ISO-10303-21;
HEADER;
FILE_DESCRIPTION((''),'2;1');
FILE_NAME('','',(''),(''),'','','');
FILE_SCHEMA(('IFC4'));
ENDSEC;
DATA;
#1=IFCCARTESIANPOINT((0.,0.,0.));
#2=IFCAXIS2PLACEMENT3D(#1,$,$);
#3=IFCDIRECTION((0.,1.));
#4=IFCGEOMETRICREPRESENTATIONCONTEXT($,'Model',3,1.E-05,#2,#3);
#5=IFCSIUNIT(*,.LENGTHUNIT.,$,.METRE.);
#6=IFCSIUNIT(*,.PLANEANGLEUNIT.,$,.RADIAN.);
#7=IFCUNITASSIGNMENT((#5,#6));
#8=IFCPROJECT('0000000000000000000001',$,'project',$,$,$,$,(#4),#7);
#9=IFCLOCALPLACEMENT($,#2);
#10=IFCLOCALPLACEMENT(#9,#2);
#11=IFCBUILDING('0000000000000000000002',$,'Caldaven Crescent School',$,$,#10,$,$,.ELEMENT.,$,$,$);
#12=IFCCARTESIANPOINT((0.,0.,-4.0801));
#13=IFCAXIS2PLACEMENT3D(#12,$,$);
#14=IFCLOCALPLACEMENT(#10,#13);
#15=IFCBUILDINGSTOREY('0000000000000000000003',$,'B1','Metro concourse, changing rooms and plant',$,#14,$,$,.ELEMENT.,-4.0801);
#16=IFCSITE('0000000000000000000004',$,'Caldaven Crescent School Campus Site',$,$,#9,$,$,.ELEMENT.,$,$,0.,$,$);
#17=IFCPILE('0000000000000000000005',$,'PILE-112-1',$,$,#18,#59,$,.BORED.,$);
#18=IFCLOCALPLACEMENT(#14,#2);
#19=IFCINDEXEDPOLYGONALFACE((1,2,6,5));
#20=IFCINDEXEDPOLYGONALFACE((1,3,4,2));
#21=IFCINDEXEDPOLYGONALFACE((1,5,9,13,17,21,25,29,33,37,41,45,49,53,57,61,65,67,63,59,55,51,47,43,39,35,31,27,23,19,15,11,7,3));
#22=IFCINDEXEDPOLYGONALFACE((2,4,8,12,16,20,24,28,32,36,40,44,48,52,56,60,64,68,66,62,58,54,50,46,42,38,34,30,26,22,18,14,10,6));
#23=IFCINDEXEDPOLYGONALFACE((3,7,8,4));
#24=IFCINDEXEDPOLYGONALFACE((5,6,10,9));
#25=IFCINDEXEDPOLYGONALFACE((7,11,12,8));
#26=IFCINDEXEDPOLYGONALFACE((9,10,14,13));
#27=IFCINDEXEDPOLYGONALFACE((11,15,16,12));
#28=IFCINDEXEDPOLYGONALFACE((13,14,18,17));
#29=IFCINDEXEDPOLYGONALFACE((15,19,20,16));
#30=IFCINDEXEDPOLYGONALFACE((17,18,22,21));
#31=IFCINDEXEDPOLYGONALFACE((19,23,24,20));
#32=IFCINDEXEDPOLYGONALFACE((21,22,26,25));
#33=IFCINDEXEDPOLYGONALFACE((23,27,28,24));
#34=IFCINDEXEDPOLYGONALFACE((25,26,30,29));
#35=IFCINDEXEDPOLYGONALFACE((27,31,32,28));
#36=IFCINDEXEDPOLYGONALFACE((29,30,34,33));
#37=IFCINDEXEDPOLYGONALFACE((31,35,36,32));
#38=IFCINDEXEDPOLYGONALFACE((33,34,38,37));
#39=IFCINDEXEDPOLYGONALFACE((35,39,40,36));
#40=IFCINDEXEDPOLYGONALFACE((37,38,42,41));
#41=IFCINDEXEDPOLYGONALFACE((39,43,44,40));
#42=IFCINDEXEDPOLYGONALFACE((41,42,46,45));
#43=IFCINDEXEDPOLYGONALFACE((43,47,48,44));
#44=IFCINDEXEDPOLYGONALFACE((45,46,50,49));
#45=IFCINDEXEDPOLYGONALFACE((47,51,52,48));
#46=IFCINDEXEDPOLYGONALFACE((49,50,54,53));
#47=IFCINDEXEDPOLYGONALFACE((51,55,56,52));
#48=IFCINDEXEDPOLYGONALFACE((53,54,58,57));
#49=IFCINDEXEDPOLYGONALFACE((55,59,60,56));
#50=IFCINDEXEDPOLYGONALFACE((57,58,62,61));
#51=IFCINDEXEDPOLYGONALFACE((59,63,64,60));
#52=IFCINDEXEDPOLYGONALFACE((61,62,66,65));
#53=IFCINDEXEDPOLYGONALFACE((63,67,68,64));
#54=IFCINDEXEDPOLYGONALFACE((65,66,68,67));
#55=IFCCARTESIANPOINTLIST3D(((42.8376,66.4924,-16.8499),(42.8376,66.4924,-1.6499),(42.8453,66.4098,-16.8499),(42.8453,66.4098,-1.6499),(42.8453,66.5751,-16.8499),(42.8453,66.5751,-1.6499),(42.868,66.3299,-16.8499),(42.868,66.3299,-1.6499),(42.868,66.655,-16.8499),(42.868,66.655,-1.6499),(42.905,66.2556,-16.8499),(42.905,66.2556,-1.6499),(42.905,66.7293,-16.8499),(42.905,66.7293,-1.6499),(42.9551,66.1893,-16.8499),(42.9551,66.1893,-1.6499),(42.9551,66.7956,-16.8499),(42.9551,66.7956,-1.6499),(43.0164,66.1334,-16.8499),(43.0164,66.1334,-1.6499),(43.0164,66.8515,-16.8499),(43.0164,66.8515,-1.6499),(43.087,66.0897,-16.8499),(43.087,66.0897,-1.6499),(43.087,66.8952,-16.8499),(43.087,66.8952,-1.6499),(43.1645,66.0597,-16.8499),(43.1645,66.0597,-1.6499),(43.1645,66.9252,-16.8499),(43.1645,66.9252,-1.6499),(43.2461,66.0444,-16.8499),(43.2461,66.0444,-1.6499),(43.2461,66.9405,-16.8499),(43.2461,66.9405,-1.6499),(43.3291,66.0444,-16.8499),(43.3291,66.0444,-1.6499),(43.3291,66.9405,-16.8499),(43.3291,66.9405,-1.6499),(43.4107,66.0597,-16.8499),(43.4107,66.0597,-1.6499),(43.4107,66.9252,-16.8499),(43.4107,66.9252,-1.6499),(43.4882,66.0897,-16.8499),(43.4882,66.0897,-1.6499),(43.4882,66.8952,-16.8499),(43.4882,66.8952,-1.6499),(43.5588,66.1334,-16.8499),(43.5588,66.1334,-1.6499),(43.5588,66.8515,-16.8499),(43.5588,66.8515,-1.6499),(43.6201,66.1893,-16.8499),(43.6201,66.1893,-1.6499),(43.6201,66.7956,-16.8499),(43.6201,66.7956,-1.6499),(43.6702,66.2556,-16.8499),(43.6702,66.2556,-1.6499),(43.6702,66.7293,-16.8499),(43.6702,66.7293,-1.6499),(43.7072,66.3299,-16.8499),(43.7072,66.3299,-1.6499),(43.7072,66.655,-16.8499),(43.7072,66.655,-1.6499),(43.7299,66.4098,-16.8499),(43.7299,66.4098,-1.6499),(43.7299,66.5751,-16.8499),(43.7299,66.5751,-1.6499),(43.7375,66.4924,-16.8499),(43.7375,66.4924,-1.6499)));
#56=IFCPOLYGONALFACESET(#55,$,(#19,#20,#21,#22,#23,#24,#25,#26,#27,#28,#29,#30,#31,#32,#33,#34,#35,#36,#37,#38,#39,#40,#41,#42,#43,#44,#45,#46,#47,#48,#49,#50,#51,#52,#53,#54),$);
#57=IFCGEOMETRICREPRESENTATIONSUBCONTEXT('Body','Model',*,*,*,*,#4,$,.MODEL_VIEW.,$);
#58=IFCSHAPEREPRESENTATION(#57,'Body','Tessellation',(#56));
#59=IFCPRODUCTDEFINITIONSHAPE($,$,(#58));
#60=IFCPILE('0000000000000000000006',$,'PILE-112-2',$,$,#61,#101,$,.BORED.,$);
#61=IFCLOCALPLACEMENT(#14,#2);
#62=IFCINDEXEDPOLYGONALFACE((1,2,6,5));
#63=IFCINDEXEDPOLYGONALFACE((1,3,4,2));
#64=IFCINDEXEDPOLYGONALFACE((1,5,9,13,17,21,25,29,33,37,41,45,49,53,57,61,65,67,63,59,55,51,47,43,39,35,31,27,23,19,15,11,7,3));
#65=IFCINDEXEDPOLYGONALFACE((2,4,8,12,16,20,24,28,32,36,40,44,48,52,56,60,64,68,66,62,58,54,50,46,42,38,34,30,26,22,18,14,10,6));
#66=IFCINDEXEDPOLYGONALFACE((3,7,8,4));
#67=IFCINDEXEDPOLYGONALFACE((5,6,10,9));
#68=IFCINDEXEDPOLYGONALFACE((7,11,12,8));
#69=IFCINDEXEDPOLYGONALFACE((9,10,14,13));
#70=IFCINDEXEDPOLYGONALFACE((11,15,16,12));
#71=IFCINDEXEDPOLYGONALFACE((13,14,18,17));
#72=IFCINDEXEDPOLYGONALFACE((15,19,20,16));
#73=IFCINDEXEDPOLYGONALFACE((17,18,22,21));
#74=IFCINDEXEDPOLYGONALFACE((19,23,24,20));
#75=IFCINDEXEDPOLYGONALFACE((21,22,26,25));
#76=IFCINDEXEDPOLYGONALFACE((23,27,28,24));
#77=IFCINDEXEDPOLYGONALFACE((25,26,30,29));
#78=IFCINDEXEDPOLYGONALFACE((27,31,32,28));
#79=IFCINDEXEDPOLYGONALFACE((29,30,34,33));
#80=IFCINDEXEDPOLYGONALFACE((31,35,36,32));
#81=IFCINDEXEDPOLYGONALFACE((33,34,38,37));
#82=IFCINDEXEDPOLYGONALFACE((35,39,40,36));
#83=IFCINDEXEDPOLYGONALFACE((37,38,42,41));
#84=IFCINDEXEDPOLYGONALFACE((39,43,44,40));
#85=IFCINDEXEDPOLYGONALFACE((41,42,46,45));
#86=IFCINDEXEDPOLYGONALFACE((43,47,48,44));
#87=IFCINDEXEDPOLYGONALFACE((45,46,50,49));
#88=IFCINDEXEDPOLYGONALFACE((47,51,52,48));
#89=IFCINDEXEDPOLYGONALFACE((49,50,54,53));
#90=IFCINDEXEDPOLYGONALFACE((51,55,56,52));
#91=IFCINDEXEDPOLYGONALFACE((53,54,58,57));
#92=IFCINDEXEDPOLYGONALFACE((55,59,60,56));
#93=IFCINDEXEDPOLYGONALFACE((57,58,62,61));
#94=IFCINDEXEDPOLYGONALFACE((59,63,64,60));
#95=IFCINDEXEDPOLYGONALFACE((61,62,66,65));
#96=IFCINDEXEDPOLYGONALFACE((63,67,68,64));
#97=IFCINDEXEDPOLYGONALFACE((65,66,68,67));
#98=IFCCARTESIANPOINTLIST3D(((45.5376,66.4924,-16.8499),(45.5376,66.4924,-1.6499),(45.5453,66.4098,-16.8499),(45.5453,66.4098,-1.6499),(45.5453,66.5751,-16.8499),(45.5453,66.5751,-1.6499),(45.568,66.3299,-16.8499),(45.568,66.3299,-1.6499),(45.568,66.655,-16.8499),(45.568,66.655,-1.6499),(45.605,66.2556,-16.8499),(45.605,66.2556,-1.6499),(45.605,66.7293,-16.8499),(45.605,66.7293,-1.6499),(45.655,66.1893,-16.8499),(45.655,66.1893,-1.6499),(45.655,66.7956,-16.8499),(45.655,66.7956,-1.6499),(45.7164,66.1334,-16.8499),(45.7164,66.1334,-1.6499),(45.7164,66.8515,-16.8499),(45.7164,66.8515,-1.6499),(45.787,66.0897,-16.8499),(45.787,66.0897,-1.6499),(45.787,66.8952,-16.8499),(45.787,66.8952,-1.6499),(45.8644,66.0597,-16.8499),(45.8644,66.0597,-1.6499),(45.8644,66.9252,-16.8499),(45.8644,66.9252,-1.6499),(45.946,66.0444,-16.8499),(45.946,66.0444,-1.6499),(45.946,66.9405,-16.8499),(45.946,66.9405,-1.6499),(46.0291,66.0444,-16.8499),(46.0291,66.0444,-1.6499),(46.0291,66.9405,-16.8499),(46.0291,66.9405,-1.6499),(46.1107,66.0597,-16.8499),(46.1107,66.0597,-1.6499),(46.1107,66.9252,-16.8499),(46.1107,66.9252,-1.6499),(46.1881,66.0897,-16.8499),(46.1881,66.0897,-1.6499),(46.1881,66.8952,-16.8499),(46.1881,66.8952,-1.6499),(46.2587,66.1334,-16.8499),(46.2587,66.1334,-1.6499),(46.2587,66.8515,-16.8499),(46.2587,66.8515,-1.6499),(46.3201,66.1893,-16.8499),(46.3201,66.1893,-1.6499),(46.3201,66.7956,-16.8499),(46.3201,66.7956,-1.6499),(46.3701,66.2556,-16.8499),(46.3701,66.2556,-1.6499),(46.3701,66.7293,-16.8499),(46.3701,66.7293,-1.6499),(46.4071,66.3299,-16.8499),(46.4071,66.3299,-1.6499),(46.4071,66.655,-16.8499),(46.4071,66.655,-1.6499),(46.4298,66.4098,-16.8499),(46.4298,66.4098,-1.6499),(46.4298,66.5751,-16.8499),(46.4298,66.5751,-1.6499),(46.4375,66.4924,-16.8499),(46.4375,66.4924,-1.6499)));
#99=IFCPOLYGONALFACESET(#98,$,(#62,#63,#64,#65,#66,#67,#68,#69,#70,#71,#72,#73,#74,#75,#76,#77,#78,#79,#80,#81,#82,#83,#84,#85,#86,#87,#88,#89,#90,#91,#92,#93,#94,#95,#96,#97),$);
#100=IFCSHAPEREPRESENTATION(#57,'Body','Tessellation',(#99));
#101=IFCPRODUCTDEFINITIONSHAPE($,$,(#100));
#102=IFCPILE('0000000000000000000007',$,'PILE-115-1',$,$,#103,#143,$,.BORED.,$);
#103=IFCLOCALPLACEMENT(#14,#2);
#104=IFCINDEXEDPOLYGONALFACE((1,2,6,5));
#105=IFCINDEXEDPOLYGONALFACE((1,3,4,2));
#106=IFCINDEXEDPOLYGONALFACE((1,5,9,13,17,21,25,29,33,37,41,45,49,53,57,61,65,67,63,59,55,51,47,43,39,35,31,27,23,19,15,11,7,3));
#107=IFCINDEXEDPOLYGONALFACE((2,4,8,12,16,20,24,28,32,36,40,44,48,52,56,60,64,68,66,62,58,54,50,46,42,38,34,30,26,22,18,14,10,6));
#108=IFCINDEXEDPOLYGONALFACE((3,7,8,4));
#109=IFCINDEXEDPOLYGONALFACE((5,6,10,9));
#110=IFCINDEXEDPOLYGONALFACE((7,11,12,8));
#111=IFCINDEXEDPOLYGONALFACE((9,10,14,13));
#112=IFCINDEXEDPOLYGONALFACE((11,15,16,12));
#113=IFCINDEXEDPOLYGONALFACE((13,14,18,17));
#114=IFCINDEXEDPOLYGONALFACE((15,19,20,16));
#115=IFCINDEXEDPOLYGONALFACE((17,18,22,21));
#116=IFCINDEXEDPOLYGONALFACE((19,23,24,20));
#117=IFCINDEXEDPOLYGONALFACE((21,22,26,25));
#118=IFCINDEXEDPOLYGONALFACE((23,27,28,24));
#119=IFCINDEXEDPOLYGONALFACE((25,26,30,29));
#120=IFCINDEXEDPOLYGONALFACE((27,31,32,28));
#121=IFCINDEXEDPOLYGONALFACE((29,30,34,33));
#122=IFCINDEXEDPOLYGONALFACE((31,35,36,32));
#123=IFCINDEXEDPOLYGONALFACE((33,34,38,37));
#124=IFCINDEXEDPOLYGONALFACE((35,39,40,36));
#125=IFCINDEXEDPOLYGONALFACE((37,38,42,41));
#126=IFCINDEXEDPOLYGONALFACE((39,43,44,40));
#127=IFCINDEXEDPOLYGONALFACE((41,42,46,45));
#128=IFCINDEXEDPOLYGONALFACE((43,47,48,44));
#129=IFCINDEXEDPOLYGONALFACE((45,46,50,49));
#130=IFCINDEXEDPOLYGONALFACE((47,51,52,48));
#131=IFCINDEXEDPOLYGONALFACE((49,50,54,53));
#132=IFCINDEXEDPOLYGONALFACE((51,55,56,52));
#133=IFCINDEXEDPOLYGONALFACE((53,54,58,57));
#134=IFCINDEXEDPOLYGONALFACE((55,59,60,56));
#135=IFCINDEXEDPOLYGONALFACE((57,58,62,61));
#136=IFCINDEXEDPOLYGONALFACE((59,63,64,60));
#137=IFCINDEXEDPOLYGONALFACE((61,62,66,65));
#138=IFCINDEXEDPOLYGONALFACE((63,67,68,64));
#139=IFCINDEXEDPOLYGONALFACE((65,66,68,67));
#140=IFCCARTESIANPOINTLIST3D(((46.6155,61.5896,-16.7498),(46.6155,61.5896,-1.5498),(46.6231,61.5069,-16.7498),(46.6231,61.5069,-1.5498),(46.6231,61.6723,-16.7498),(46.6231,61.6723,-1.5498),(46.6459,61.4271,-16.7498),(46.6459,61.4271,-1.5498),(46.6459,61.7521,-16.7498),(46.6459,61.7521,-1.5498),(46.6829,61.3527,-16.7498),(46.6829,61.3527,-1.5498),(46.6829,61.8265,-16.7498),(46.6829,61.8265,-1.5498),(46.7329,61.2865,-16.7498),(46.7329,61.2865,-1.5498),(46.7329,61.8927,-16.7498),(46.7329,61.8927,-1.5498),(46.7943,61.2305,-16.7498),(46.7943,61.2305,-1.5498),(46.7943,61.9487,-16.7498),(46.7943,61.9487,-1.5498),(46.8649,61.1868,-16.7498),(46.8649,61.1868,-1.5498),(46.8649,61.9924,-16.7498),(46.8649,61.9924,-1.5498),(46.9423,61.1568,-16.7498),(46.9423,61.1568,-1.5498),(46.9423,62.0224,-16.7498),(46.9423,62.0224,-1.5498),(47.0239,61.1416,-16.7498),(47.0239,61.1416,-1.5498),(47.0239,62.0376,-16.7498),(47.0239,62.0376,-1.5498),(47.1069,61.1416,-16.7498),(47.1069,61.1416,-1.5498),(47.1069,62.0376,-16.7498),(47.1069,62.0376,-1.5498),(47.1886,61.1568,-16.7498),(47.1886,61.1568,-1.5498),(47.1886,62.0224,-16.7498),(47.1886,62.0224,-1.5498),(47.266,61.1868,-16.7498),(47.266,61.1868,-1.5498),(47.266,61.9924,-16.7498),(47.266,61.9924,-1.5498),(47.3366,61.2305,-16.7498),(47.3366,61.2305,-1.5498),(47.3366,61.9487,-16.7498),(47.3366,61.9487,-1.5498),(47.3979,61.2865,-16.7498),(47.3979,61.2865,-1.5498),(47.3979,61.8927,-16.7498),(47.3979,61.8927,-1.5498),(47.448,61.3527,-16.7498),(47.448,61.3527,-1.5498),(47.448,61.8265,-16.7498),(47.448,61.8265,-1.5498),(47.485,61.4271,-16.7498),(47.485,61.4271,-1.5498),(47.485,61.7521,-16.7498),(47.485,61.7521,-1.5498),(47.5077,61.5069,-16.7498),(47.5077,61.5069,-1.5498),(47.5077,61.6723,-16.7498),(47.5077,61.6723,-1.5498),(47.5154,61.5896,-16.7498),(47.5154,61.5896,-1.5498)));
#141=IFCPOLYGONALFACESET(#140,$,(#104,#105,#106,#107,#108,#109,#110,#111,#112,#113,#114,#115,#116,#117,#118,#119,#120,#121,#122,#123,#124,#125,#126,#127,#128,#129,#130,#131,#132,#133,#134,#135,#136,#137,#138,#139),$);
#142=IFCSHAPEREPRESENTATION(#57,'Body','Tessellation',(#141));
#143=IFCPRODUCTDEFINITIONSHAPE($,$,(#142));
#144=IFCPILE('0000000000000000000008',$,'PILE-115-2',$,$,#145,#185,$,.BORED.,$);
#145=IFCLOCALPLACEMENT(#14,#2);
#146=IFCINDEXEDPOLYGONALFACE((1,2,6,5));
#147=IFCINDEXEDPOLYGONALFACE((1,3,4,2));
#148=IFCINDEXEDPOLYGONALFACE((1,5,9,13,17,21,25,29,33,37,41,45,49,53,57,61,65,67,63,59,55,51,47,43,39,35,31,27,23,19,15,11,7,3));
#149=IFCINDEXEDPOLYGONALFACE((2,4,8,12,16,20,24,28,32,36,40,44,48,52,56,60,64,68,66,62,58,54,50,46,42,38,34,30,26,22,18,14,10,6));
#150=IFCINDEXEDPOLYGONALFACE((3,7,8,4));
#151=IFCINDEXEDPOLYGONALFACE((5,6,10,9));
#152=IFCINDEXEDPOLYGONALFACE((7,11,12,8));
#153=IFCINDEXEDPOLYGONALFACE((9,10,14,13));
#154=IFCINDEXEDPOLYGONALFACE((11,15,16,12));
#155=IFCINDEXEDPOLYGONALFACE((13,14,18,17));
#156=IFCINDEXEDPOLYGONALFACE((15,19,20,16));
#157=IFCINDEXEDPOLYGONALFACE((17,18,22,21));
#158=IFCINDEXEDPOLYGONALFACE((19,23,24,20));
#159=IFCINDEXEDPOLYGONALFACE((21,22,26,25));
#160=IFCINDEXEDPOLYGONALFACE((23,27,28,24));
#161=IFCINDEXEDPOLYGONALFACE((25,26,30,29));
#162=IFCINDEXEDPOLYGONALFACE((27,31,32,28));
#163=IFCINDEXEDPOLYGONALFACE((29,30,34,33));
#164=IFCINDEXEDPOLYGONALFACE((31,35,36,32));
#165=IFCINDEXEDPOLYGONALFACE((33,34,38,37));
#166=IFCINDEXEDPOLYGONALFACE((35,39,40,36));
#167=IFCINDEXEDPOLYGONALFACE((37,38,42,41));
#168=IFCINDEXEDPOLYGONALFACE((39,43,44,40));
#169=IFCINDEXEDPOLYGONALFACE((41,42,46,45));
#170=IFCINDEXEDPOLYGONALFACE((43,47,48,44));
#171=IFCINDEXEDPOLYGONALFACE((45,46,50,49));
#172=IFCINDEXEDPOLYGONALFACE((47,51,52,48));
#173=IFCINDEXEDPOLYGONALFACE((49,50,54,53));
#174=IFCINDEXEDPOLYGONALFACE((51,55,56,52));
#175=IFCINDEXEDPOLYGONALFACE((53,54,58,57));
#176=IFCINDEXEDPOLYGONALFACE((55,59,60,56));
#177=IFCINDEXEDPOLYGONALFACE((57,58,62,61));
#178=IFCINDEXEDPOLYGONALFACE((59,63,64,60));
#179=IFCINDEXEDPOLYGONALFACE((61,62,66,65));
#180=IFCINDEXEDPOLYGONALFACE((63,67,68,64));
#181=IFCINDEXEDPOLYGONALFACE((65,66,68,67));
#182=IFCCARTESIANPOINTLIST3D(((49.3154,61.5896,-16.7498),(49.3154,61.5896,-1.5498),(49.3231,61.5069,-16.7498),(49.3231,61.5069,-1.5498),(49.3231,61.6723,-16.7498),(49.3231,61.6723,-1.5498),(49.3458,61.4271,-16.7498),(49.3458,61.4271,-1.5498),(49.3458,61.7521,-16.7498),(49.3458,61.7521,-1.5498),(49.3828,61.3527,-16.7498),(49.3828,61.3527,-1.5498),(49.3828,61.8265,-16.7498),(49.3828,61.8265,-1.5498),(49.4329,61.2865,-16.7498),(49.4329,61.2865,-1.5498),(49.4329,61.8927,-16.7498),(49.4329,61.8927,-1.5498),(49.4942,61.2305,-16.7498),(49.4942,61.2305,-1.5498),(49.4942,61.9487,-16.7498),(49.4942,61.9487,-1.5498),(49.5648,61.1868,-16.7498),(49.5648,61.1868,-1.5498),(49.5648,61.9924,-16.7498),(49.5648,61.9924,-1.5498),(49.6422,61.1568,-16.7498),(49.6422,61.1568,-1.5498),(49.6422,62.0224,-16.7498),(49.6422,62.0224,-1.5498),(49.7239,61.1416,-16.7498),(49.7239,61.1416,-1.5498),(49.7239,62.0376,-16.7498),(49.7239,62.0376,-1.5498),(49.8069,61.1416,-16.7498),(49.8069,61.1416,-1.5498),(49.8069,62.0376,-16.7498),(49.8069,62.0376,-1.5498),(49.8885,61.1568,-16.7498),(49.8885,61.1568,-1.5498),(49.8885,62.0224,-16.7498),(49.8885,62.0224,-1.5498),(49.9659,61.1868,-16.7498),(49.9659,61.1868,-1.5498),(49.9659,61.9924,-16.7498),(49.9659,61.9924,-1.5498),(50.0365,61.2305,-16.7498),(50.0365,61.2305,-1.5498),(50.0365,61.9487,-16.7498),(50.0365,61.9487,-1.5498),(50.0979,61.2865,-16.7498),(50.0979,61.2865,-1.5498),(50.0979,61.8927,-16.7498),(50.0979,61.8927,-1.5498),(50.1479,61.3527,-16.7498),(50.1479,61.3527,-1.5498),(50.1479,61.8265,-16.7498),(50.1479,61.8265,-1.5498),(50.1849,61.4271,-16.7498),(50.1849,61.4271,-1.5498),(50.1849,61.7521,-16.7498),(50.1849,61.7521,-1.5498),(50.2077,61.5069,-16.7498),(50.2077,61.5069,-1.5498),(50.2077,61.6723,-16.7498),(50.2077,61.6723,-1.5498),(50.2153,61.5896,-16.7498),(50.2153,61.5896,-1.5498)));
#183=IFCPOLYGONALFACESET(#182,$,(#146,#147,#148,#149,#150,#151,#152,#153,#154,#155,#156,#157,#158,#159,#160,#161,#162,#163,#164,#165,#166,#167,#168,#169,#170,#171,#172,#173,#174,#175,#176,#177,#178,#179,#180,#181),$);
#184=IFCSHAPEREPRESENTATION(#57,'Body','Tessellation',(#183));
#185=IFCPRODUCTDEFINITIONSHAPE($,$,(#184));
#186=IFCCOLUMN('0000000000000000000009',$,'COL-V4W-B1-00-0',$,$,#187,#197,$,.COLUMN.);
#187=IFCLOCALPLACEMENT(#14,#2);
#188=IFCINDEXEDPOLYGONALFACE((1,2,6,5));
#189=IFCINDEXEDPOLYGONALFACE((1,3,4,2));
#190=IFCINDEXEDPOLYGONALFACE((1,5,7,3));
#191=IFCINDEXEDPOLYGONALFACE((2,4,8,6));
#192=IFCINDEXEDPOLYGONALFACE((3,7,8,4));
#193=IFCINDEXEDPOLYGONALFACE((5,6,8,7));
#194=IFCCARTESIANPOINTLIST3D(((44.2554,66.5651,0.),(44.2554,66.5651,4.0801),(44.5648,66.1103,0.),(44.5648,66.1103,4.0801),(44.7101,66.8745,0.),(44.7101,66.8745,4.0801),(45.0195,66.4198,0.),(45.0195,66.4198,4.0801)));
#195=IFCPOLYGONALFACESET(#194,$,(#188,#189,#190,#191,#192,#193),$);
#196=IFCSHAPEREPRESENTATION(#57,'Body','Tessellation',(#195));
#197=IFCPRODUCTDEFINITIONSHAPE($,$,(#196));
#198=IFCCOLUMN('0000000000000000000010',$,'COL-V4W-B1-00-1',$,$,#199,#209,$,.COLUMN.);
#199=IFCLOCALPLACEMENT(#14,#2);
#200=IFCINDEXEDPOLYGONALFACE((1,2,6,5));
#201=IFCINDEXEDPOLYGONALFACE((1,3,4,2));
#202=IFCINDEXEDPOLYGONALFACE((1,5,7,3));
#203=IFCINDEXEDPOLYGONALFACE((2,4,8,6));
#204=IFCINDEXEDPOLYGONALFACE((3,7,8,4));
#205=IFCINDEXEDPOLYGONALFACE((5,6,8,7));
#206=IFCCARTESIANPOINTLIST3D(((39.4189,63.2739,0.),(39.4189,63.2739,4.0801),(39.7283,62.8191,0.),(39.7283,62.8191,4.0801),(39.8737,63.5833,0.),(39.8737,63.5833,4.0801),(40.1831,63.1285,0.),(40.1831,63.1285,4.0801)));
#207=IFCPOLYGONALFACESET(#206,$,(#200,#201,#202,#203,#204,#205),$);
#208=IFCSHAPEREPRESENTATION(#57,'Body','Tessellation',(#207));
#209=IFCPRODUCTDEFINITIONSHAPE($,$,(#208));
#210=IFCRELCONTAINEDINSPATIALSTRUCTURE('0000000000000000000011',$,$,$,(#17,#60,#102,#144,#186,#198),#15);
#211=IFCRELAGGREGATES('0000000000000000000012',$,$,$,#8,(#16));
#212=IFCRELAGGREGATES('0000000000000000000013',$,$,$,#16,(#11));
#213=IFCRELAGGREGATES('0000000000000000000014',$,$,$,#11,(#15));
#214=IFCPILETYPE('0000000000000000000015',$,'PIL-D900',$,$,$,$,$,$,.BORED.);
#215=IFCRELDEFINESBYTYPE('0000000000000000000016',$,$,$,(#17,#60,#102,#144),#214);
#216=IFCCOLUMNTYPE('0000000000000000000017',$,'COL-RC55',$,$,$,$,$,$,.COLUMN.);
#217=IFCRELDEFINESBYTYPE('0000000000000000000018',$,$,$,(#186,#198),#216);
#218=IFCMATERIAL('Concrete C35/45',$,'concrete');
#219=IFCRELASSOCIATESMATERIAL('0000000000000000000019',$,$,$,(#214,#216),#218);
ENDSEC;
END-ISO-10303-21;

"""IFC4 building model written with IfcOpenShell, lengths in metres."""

from ifc_helpers import new_model, si_unit, direction, frame, origin, origin_2d, place, context, subcontext, project, spatial, rectangle, circle, extrude, material, material_profile, profile_set, type_object, element, save


model = new_model("IFC4")

# Units and contexts
model_context = context("Model", 3, precision=1e-05, world=origin(), true_north=direction((0.0, 1.0)))
body_context = subcontext(model_context, "Body", "Model", "MODEL_VIEW")
ifc_project = project(units=[si_unit("LENGTHUNIT", "METRE"), si_unit("PLANEANGLEUNIT", "RADIAN")], contexts=[model_context])

# Site, building, storey
site_placement = place(None, origin())
site = spatial("IfcSite", under=ifc_project, at=site_placement, Name="Caldaven Crescent School Campus Site", CompositionType="ELEMENT", RefElevation=0.0)
building_placement = place(site_placement, origin())
building = spatial("IfcBuilding", under=site, at=building_placement, Name="Caldaven Crescent School", CompositionType="ELEMENT")
storey_placement = place(building_placement, frame((0.0, 0.0, -4.0801)))
storey = spatial("IfcBuildingStorey", under=building, at=storey_placement, Name="B1", Description="Metro concourse, changing rooms and plant", CompositionType="ELEMENT", Elevation=-4.0801)

# Shared definitions
ifc_material_1 = material(Name="Concrete C35/45", Category="concrete")

# Piles
ifc_material_profile_1 = material_profile(ifc_material_1, circle(Radius=0.45, at=origin_2d()), Name="PILE D900")
ifc_profile_set_1 = profile_set([ifc_material_profile_1], Name="Concrete C35/45")
pile_type_1 = type_object("IfcPileType", Name="PIL-D900", PredefinedType="BORED", material=ifc_profile_set_1)
for number, where, z_axis, x_axis, name in (
    (1, (43.2876, 66.4924, -1.6499), (0.0, 0.0, -1.0), (1.0, 0.0, 0.0), "PILE-112-1"),
    (2, (45.9875, 66.4924, -1.6499), (0.0, 0.0, -1.0), (1.0, 0.0, 0.0), "PILE-112-2"),
    (3, (47.0654, 61.5896, -1.5498), (0.0, 0.0, -1.0), (1.0, 0.0, 0.0), "PILE-115-1"),
    (4, (49.7654, 61.5896, -1.5498), (0.0, 0.0, -1.0), (1.0, 0.0, 0.0), "PILE-115-2"),
):
    element("IfcPile", number, at=place(storey_placement, frame(where, z_axis=z_axis, x_axis=x_axis)), inside=storey, type_object=pile_type_1, Name=name, PredefinedType="BORED", context=body_context, shape_type="SweptSolid", body=[
        extrude(circle(Radius=0.45, at=origin_2d()), origin(), (0.0, 0.0, 1.0), 15.2),
    ])

# Columns
ifc_material_profile_2 = material_profile(ifc_material_1, rectangle(XDim=0.55, YDim=0.55, at=origin_2d()), Name="RC 550x550")
ifc_profile_set_2 = profile_set([ifc_material_profile_2], Name="Concrete C35/45")
column_type = type_object("IfcColumnType", Name="COL-RC55", PredefinedType="COLUMN", material=ifc_profile_set_2)
for number, where, z_axis, x_axis, name in (
    (5, (44.6375, 66.4924, 0.0), (0.0, 0.0, 1.0), (-0.826786, -0.562516, 0.0), "COL-V4W-B1-00-0"),
    (6, (39.801, 63.2012, 0.0), (0.0, 0.0, 1.0), (-0.826786, -0.562516, 0.0), "COL-V4W-B1-00-1"),
):
    element("IfcColumn", number, at=place(storey_placement, frame(where, z_axis=z_axis, x_axis=x_axis)), inside=storey, type_object=column_type, Name=name, PredefinedType="COLUMN", context=body_context, shape_type="SweptSolid", body=[
        extrude(rectangle(XDim=0.55, YDim=0.55, at=origin_2d()), origin(), (0.0, 0.0, 1.0), 4.0801),
    ])

save(model, "model.ifc")
